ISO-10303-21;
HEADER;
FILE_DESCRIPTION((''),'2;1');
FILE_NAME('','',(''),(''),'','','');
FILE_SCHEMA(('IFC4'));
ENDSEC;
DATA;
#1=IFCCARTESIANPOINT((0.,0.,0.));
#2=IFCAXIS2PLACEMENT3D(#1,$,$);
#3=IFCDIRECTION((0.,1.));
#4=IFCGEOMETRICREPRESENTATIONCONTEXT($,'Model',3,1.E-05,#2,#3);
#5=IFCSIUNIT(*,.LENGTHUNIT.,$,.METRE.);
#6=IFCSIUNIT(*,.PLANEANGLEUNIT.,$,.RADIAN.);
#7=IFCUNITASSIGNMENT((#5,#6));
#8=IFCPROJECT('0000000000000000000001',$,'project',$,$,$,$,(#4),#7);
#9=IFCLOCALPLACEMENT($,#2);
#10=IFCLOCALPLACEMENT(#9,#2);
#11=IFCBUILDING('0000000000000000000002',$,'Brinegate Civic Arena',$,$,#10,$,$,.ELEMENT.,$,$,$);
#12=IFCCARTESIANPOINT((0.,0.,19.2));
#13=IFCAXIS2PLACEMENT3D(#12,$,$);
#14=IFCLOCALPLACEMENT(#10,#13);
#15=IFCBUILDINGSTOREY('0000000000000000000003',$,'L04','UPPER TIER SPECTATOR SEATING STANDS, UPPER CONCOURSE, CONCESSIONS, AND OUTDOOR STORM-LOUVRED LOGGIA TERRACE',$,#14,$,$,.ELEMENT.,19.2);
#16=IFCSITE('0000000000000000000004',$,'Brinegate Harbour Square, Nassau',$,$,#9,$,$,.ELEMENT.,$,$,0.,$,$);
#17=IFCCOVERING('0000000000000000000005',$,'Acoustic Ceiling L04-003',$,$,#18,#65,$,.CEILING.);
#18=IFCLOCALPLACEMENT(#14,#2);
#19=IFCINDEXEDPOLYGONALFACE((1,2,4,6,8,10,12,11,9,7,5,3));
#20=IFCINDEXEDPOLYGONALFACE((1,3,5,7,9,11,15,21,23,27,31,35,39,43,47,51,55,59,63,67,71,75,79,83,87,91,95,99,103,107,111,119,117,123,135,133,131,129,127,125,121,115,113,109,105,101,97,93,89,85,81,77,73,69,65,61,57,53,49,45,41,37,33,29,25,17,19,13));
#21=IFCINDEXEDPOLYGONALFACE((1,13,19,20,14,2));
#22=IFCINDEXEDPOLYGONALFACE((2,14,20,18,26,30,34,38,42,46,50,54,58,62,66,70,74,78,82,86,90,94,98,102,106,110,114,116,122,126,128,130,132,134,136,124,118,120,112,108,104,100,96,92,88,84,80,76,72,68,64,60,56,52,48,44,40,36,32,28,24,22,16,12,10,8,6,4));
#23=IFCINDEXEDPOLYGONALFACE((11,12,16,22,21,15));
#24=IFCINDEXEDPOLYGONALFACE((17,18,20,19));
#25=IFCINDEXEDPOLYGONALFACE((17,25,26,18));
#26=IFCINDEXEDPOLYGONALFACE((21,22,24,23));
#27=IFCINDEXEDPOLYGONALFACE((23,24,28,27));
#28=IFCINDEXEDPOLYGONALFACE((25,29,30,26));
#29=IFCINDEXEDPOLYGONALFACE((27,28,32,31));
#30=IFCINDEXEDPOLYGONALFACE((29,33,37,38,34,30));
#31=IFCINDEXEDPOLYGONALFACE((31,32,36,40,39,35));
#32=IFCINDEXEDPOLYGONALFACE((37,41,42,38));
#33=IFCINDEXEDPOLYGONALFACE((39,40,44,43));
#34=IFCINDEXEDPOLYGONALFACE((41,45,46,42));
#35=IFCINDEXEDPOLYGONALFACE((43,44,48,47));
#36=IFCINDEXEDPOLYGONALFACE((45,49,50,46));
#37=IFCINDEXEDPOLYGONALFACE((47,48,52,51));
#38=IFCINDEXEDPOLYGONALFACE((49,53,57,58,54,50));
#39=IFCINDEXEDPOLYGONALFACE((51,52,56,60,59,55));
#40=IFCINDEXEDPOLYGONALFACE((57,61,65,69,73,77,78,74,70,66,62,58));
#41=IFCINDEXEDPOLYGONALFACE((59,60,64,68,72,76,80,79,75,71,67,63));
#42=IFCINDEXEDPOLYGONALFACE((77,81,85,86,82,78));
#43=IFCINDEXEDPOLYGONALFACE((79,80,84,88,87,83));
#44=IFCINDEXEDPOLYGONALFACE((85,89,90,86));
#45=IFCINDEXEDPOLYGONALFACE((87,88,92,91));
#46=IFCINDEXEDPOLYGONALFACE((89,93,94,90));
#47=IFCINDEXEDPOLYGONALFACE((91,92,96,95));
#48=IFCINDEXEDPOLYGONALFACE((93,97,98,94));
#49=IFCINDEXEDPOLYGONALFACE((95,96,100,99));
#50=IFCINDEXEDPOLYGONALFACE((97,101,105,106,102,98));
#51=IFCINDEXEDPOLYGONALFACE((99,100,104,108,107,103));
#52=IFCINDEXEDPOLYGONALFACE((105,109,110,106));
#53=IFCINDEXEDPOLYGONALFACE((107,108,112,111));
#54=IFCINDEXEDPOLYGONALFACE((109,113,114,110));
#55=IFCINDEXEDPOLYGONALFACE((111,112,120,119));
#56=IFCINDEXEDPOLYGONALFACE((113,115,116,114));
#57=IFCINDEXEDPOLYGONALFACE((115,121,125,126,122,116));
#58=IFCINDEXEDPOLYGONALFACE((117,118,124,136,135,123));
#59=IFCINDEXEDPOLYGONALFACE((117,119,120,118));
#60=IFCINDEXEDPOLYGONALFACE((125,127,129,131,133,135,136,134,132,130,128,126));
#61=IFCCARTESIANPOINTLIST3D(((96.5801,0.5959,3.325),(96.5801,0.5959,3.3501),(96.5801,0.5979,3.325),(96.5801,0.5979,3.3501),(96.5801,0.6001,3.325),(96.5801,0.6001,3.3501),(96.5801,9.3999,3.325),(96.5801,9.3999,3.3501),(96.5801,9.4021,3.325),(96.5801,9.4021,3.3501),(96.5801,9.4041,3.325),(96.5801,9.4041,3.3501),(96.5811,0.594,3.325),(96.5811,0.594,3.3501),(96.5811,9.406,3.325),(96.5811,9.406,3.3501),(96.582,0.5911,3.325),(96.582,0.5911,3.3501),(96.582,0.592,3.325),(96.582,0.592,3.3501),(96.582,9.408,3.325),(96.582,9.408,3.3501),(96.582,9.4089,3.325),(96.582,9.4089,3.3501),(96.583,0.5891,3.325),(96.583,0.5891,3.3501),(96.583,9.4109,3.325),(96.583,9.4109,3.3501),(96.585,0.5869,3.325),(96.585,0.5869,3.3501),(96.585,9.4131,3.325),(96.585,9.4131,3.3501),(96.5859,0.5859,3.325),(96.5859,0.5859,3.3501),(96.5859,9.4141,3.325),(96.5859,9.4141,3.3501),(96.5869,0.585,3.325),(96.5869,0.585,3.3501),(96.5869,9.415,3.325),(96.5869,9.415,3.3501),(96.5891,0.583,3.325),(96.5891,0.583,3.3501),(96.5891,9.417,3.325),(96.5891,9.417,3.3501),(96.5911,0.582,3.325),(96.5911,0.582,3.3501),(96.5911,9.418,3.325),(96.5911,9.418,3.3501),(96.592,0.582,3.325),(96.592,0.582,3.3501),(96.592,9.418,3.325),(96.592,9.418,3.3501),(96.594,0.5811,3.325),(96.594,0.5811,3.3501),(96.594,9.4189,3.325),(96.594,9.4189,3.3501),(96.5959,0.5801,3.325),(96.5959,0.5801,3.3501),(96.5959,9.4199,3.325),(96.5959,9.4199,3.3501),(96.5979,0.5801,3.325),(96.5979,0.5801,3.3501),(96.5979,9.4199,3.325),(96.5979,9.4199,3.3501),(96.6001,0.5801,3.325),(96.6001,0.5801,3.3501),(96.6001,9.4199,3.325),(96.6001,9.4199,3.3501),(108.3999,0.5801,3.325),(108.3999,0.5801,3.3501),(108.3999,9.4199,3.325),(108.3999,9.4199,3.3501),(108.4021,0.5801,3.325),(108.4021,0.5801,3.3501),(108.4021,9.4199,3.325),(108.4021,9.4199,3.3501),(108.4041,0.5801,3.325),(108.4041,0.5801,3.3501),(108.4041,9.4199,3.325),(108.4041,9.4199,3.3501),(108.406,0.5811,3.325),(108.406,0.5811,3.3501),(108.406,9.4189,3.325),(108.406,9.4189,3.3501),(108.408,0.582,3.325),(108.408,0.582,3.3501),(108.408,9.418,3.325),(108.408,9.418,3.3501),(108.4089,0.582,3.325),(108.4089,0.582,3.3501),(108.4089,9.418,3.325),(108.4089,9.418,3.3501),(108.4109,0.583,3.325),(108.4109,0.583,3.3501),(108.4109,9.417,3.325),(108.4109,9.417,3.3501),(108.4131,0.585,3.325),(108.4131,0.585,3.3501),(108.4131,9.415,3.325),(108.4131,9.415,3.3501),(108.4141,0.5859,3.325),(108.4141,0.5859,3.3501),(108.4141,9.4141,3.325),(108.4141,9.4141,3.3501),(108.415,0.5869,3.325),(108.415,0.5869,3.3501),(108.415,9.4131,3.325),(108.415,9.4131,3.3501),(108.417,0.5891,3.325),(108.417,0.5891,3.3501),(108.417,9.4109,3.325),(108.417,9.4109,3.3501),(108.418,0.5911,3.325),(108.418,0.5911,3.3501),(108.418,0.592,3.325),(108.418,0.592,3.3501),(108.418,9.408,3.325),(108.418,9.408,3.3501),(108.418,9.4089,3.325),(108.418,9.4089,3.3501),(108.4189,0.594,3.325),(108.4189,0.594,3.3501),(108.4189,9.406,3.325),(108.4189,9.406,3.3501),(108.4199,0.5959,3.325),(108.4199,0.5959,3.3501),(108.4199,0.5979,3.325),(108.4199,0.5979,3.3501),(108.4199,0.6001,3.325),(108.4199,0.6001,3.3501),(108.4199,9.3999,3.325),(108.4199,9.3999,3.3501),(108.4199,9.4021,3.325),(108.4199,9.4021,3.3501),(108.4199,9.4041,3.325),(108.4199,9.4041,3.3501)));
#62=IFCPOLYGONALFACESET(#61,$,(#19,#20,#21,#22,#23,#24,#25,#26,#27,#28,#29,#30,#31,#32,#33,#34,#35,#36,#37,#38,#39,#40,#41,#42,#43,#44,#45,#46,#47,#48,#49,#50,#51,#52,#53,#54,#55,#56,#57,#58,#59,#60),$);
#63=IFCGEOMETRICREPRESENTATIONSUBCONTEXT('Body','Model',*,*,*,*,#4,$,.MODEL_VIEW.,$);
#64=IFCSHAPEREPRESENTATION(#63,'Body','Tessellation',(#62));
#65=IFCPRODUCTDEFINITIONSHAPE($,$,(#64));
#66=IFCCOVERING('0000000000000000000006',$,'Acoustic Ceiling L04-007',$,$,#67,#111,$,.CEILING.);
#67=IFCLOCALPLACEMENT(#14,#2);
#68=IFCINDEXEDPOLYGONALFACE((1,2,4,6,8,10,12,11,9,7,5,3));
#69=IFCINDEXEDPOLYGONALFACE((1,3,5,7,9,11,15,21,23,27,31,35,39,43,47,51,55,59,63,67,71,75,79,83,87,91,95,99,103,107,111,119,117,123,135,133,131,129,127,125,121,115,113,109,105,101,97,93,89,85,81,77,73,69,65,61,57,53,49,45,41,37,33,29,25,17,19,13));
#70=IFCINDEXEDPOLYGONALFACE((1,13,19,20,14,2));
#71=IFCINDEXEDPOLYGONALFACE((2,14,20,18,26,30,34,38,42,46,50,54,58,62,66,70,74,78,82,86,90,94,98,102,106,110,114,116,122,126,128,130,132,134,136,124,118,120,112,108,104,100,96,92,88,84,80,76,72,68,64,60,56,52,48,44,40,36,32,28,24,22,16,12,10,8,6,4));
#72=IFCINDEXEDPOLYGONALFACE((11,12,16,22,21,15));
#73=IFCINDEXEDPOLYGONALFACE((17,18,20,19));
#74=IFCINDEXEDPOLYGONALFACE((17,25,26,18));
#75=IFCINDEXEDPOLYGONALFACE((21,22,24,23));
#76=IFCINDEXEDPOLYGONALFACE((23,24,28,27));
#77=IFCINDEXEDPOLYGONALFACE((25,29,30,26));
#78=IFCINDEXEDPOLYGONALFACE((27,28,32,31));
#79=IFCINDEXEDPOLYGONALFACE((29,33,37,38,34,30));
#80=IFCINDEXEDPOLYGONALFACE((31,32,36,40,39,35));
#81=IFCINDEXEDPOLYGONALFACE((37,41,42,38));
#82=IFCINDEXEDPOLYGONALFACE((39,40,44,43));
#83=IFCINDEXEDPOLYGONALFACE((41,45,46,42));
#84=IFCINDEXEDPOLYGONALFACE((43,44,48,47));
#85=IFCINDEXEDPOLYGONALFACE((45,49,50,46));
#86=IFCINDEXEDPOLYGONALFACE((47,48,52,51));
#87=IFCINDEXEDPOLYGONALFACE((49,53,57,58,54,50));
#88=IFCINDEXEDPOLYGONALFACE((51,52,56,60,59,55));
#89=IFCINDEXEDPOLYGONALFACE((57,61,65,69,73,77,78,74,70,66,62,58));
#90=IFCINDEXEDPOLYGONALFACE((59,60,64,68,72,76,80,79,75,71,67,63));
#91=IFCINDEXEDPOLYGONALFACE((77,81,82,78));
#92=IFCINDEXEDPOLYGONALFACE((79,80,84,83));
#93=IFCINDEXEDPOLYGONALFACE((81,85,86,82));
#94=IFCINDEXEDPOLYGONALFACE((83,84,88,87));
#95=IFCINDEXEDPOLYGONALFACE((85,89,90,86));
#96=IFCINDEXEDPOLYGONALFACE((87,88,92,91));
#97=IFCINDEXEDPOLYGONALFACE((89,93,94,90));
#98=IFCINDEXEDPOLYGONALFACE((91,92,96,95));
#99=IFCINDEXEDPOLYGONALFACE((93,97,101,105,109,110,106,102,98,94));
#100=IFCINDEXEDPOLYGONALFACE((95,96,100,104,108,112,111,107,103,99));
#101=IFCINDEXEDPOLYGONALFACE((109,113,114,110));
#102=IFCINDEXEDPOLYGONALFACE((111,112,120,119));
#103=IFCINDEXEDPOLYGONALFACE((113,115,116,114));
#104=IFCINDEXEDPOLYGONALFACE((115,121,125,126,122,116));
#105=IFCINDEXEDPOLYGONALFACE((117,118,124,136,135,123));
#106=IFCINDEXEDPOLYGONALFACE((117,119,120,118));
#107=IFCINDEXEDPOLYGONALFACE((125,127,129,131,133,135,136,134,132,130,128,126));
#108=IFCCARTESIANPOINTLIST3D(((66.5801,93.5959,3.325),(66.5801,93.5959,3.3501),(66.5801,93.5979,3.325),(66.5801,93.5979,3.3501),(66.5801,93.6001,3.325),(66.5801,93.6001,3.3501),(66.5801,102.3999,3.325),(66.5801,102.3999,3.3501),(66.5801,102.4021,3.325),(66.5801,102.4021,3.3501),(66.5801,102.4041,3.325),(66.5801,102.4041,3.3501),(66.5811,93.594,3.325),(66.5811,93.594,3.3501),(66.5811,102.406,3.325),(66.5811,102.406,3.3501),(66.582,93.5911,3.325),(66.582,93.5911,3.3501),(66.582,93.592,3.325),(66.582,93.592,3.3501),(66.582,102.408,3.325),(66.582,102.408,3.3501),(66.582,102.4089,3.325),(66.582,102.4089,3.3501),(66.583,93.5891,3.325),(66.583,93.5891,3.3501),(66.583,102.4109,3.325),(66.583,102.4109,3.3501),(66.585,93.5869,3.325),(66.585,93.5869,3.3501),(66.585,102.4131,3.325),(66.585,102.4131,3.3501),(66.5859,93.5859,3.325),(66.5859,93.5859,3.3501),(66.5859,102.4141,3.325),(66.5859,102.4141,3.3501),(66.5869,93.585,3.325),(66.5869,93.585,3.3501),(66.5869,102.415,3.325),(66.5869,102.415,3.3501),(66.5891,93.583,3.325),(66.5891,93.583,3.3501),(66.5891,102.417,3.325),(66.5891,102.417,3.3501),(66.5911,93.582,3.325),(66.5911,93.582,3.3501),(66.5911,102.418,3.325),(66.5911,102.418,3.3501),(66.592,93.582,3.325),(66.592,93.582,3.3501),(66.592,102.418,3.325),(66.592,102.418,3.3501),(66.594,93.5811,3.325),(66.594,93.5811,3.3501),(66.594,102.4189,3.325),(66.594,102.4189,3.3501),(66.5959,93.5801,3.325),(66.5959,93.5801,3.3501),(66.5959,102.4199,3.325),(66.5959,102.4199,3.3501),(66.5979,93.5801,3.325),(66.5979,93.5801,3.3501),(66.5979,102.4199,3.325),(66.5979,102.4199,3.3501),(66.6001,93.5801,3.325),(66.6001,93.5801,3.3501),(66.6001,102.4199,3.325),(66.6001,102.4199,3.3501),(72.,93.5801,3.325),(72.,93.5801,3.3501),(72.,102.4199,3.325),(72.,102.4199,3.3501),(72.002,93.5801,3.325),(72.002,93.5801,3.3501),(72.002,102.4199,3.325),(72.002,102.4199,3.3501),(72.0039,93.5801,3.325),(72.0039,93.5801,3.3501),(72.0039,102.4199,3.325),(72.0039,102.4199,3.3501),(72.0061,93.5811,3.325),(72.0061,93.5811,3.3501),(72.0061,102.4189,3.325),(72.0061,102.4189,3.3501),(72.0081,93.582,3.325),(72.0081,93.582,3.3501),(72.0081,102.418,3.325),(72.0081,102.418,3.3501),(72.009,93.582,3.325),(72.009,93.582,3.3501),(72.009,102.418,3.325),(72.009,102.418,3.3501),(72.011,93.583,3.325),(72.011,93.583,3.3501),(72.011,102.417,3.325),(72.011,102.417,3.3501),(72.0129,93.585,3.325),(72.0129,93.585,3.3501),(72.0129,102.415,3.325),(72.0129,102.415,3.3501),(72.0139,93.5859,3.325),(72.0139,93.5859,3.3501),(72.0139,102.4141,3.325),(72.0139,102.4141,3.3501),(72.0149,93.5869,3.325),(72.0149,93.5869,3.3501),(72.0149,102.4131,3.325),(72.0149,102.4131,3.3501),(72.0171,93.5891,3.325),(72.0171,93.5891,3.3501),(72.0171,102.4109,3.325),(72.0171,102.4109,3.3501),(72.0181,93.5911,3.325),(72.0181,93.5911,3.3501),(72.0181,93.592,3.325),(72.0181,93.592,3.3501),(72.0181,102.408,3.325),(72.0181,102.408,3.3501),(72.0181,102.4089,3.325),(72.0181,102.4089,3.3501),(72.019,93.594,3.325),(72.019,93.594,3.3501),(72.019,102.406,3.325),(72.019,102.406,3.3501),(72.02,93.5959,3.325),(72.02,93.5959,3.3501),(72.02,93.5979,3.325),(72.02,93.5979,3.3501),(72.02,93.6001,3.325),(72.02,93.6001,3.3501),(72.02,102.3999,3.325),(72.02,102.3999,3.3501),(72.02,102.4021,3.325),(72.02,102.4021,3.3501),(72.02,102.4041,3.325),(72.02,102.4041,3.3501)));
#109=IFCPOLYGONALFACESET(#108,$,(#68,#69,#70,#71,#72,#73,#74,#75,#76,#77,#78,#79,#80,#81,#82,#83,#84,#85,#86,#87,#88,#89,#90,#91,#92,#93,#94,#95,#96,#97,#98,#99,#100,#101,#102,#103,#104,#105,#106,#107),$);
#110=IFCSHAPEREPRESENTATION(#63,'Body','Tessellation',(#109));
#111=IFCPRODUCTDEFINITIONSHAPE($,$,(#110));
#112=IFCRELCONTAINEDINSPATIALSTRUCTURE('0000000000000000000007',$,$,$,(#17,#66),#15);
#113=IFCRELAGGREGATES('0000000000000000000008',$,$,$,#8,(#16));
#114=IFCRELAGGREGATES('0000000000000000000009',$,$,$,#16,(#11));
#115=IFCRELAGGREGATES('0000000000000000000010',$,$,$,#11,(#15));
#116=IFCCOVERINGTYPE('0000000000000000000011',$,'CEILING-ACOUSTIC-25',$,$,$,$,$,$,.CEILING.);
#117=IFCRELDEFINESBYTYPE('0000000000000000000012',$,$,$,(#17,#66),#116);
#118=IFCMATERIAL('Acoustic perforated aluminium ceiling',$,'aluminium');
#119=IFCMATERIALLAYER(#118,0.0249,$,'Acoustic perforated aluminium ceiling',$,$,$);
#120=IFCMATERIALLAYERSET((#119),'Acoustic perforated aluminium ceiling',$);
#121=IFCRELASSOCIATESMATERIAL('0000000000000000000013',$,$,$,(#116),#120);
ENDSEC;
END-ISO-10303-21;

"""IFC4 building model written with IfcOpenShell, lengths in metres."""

from ifc_helpers import new_model, si_unit, direction, frame, origin, place, context, subcontext, project, spatial, polyline, outline, extrude, material, layer, layer_set, type_object, element, save


model = new_model("IFC4")

# Units and contexts
model_context = context("Model", 3, precision=1e-05, world=origin(), true_north=direction((0.0, 1.0)))
body_context = subcontext(model_context, "Body", "Model", "MODEL_VIEW")
ifc_project = project(units=[si_unit("LENGTHUNIT", "METRE"), si_unit("PLANEANGLEUNIT", "RADIAN")], contexts=[model_context])

# Site, building, storey
site_placement = place(None, origin())
site = spatial("IfcSite", under=ifc_project, at=site_placement, Name="Brinegate Harbour Square, Nassau", CompositionType="ELEMENT", RefElevation=0.0)
building_placement = place(site_placement, origin())
building = spatial("IfcBuilding", under=site, at=building_placement, Name="Brinegate Civic Arena", CompositionType="ELEMENT")
storey_placement = place(building_placement, frame((0.0, 0.0, 19.2)))
storey = spatial("IfcBuildingStorey", under=building, at=storey_placement, Name="L04", Description="UPPER TIER SPECTATOR SEATING STANDS, UPPER CONCOURSE, CONCESSIONS, AND OUTDOOR STORM-LOUVRED LOGGIA TERRACE", CompositionType="ELEMENT", Elevation=19.2)

# Coverings
ifc_material_1 = material(Name="Acoustic perforated aluminium ceiling", Category="aluminium")
ifc_layer_1 = layer(ifc_material_1, 0.0249, Name="Acoustic perforated aluminium ceiling")
ifc_layer_set_1 = layer_set([ifc_layer_1], Name="Acoustic perforated aluminium ceiling")
covering_type_1 = type_object("IfcCoveringType", Name="CEILING-ACOUSTIC-25", PredefinedType="CEILING", material=ifc_layer_set_1)
covering_1_placement = place(storey_placement, frame((0.0, 0.0, 3.325)))
element("IfcCovering", 1, at=covering_1_placement, inside=storey, type_object=covering_type_1, Name="Acoustic Ceiling L04-003", PredefinedType="CEILING", context=body_context, shape_type="SweptSolid", body=[
    extrude(outline(polyline([(108.4041, 9.4199), (108.406, 9.4189), (108.408, 9.418), (108.4089, 9.418), (108.4109, 9.417), (108.4131, 9.415), (108.4141, 9.4141), (108.415, 9.4131), (108.417, 9.4109), (108.418, 9.4089), (108.418, 9.408), (108.4189, 9.406), (108.4199, 9.4041), (108.4199, 9.4021), (108.4199, 9.3999), (108.4199, 0.6001), (108.4199, 0.5979), (108.4199, 0.5959), (108.4189, 0.594), (108.418, 0.592), (108.418, 0.5911), (108.417, 0.5891), (108.415, 0.5869), (108.4141, 0.5859), (108.4131, 0.585), (108.4109, 0.583), (108.4089, 0.582), (108.408, 0.582), (108.406, 0.5811), (108.4041, 0.5801), (108.4021, 0.5801), (108.3999, 0.5801), (96.6001, 0.5801), (96.5979, 0.5801), (96.5959, 0.5801), (96.594, 0.5811), (96.592, 0.582), (96.5911, 0.582), (96.5891, 0.583), (96.5869, 0.585), (96.5859, 0.5859), (96.585, 0.5869), (96.583, 0.5891), (96.582, 0.5911), (96.582, 0.592), (96.5811, 0.594), (96.5801, 0.5959), (96.5801, 0.5979), (96.5801, 0.6001), (96.5801, 9.3999), (96.5801, 9.4021), (96.5801, 9.4041), (96.5811, 9.406), (96.582, 9.408), (96.582, 9.4089), (96.583, 9.4109), (96.585, 9.4131), (96.5859, 9.4141), (96.5869, 9.415), (96.5891, 9.417), (96.5911, 9.418), (96.592, 9.418), (96.594, 9.4189), (96.5959, 9.4199), (96.5979, 9.4199), (96.6001, 9.4199), (108.3999, 9.4199), (108.4021, 9.4199), (108.4041, 9.4199)])), origin(), (0.0, 0.0, 1.0), 0.0251),
])
covering_2_placement = place(storey_placement, frame((0.0, 0.0, 3.325)))
element("IfcCovering", 2, at=covering_2_placement, inside=storey, type_object=covering_type_1, Name="Acoustic Ceiling L04-007", PredefinedType="CEILING", context=body_context, shape_type="SweptSolid", body=[
    extrude(outline(polyline([(72.0039, 102.4199), (72.0061, 102.4189), (72.0081, 102.418), (72.009, 102.418), (72.011, 102.417), (72.0129, 102.415), (72.0139, 102.4141), (72.0149, 102.4131), (72.0171, 102.4109), (72.0181, 102.4089), (72.0181, 102.408), (72.019, 102.406), (72.02, 102.4041), (72.02, 102.4021), (72.02, 102.3999), (72.02, 93.6001), (72.02, 93.5979), (72.02, 93.5959), (72.019, 93.594), (72.0181, 93.592), (72.0181, 93.5911), (72.0171, 93.5891), (72.0149, 93.5869), (72.0139, 93.5859), (72.0129, 93.585), (72.011, 93.583), (72.009, 93.582), (72.0081, 93.582), (72.0061, 93.5811), (72.0039, 93.5801), (72.002, 93.5801), (72.0, 93.5801), (66.6001, 93.5801), (66.5979, 93.5801), (66.5959, 93.5801), (66.594, 93.5811), (66.592, 93.582), (66.5911, 93.582), (66.5891, 93.583), (66.5869, 93.585), (66.5859, 93.5859), (66.585, 93.5869), (66.583, 93.5891), (66.582, 93.5911), (66.582, 93.592), (66.5811, 93.594), (66.5801, 93.5959), (66.5801, 93.5979), (66.5801, 93.6001), (66.5801, 102.3999), (66.5801, 102.4021), (66.5801, 102.4041), (66.5811, 102.406), (66.582, 102.408), (66.582, 102.4089), (66.583, 102.4109), (66.585, 102.4131), (66.5859, 102.4141), (66.5869, 102.415), (66.5891, 102.417), (66.5911, 102.418), (66.592, 102.418), (66.594, 102.4189), (66.5959, 102.4199), (66.5979, 102.4199), (66.6001, 102.4199), (72.0, 102.4199), (72.002, 102.4199), (72.0039, 102.4199)])), origin(), (0.0, 0.0, 1.0), 0.0251),
])

save(model, "model.ifc")
